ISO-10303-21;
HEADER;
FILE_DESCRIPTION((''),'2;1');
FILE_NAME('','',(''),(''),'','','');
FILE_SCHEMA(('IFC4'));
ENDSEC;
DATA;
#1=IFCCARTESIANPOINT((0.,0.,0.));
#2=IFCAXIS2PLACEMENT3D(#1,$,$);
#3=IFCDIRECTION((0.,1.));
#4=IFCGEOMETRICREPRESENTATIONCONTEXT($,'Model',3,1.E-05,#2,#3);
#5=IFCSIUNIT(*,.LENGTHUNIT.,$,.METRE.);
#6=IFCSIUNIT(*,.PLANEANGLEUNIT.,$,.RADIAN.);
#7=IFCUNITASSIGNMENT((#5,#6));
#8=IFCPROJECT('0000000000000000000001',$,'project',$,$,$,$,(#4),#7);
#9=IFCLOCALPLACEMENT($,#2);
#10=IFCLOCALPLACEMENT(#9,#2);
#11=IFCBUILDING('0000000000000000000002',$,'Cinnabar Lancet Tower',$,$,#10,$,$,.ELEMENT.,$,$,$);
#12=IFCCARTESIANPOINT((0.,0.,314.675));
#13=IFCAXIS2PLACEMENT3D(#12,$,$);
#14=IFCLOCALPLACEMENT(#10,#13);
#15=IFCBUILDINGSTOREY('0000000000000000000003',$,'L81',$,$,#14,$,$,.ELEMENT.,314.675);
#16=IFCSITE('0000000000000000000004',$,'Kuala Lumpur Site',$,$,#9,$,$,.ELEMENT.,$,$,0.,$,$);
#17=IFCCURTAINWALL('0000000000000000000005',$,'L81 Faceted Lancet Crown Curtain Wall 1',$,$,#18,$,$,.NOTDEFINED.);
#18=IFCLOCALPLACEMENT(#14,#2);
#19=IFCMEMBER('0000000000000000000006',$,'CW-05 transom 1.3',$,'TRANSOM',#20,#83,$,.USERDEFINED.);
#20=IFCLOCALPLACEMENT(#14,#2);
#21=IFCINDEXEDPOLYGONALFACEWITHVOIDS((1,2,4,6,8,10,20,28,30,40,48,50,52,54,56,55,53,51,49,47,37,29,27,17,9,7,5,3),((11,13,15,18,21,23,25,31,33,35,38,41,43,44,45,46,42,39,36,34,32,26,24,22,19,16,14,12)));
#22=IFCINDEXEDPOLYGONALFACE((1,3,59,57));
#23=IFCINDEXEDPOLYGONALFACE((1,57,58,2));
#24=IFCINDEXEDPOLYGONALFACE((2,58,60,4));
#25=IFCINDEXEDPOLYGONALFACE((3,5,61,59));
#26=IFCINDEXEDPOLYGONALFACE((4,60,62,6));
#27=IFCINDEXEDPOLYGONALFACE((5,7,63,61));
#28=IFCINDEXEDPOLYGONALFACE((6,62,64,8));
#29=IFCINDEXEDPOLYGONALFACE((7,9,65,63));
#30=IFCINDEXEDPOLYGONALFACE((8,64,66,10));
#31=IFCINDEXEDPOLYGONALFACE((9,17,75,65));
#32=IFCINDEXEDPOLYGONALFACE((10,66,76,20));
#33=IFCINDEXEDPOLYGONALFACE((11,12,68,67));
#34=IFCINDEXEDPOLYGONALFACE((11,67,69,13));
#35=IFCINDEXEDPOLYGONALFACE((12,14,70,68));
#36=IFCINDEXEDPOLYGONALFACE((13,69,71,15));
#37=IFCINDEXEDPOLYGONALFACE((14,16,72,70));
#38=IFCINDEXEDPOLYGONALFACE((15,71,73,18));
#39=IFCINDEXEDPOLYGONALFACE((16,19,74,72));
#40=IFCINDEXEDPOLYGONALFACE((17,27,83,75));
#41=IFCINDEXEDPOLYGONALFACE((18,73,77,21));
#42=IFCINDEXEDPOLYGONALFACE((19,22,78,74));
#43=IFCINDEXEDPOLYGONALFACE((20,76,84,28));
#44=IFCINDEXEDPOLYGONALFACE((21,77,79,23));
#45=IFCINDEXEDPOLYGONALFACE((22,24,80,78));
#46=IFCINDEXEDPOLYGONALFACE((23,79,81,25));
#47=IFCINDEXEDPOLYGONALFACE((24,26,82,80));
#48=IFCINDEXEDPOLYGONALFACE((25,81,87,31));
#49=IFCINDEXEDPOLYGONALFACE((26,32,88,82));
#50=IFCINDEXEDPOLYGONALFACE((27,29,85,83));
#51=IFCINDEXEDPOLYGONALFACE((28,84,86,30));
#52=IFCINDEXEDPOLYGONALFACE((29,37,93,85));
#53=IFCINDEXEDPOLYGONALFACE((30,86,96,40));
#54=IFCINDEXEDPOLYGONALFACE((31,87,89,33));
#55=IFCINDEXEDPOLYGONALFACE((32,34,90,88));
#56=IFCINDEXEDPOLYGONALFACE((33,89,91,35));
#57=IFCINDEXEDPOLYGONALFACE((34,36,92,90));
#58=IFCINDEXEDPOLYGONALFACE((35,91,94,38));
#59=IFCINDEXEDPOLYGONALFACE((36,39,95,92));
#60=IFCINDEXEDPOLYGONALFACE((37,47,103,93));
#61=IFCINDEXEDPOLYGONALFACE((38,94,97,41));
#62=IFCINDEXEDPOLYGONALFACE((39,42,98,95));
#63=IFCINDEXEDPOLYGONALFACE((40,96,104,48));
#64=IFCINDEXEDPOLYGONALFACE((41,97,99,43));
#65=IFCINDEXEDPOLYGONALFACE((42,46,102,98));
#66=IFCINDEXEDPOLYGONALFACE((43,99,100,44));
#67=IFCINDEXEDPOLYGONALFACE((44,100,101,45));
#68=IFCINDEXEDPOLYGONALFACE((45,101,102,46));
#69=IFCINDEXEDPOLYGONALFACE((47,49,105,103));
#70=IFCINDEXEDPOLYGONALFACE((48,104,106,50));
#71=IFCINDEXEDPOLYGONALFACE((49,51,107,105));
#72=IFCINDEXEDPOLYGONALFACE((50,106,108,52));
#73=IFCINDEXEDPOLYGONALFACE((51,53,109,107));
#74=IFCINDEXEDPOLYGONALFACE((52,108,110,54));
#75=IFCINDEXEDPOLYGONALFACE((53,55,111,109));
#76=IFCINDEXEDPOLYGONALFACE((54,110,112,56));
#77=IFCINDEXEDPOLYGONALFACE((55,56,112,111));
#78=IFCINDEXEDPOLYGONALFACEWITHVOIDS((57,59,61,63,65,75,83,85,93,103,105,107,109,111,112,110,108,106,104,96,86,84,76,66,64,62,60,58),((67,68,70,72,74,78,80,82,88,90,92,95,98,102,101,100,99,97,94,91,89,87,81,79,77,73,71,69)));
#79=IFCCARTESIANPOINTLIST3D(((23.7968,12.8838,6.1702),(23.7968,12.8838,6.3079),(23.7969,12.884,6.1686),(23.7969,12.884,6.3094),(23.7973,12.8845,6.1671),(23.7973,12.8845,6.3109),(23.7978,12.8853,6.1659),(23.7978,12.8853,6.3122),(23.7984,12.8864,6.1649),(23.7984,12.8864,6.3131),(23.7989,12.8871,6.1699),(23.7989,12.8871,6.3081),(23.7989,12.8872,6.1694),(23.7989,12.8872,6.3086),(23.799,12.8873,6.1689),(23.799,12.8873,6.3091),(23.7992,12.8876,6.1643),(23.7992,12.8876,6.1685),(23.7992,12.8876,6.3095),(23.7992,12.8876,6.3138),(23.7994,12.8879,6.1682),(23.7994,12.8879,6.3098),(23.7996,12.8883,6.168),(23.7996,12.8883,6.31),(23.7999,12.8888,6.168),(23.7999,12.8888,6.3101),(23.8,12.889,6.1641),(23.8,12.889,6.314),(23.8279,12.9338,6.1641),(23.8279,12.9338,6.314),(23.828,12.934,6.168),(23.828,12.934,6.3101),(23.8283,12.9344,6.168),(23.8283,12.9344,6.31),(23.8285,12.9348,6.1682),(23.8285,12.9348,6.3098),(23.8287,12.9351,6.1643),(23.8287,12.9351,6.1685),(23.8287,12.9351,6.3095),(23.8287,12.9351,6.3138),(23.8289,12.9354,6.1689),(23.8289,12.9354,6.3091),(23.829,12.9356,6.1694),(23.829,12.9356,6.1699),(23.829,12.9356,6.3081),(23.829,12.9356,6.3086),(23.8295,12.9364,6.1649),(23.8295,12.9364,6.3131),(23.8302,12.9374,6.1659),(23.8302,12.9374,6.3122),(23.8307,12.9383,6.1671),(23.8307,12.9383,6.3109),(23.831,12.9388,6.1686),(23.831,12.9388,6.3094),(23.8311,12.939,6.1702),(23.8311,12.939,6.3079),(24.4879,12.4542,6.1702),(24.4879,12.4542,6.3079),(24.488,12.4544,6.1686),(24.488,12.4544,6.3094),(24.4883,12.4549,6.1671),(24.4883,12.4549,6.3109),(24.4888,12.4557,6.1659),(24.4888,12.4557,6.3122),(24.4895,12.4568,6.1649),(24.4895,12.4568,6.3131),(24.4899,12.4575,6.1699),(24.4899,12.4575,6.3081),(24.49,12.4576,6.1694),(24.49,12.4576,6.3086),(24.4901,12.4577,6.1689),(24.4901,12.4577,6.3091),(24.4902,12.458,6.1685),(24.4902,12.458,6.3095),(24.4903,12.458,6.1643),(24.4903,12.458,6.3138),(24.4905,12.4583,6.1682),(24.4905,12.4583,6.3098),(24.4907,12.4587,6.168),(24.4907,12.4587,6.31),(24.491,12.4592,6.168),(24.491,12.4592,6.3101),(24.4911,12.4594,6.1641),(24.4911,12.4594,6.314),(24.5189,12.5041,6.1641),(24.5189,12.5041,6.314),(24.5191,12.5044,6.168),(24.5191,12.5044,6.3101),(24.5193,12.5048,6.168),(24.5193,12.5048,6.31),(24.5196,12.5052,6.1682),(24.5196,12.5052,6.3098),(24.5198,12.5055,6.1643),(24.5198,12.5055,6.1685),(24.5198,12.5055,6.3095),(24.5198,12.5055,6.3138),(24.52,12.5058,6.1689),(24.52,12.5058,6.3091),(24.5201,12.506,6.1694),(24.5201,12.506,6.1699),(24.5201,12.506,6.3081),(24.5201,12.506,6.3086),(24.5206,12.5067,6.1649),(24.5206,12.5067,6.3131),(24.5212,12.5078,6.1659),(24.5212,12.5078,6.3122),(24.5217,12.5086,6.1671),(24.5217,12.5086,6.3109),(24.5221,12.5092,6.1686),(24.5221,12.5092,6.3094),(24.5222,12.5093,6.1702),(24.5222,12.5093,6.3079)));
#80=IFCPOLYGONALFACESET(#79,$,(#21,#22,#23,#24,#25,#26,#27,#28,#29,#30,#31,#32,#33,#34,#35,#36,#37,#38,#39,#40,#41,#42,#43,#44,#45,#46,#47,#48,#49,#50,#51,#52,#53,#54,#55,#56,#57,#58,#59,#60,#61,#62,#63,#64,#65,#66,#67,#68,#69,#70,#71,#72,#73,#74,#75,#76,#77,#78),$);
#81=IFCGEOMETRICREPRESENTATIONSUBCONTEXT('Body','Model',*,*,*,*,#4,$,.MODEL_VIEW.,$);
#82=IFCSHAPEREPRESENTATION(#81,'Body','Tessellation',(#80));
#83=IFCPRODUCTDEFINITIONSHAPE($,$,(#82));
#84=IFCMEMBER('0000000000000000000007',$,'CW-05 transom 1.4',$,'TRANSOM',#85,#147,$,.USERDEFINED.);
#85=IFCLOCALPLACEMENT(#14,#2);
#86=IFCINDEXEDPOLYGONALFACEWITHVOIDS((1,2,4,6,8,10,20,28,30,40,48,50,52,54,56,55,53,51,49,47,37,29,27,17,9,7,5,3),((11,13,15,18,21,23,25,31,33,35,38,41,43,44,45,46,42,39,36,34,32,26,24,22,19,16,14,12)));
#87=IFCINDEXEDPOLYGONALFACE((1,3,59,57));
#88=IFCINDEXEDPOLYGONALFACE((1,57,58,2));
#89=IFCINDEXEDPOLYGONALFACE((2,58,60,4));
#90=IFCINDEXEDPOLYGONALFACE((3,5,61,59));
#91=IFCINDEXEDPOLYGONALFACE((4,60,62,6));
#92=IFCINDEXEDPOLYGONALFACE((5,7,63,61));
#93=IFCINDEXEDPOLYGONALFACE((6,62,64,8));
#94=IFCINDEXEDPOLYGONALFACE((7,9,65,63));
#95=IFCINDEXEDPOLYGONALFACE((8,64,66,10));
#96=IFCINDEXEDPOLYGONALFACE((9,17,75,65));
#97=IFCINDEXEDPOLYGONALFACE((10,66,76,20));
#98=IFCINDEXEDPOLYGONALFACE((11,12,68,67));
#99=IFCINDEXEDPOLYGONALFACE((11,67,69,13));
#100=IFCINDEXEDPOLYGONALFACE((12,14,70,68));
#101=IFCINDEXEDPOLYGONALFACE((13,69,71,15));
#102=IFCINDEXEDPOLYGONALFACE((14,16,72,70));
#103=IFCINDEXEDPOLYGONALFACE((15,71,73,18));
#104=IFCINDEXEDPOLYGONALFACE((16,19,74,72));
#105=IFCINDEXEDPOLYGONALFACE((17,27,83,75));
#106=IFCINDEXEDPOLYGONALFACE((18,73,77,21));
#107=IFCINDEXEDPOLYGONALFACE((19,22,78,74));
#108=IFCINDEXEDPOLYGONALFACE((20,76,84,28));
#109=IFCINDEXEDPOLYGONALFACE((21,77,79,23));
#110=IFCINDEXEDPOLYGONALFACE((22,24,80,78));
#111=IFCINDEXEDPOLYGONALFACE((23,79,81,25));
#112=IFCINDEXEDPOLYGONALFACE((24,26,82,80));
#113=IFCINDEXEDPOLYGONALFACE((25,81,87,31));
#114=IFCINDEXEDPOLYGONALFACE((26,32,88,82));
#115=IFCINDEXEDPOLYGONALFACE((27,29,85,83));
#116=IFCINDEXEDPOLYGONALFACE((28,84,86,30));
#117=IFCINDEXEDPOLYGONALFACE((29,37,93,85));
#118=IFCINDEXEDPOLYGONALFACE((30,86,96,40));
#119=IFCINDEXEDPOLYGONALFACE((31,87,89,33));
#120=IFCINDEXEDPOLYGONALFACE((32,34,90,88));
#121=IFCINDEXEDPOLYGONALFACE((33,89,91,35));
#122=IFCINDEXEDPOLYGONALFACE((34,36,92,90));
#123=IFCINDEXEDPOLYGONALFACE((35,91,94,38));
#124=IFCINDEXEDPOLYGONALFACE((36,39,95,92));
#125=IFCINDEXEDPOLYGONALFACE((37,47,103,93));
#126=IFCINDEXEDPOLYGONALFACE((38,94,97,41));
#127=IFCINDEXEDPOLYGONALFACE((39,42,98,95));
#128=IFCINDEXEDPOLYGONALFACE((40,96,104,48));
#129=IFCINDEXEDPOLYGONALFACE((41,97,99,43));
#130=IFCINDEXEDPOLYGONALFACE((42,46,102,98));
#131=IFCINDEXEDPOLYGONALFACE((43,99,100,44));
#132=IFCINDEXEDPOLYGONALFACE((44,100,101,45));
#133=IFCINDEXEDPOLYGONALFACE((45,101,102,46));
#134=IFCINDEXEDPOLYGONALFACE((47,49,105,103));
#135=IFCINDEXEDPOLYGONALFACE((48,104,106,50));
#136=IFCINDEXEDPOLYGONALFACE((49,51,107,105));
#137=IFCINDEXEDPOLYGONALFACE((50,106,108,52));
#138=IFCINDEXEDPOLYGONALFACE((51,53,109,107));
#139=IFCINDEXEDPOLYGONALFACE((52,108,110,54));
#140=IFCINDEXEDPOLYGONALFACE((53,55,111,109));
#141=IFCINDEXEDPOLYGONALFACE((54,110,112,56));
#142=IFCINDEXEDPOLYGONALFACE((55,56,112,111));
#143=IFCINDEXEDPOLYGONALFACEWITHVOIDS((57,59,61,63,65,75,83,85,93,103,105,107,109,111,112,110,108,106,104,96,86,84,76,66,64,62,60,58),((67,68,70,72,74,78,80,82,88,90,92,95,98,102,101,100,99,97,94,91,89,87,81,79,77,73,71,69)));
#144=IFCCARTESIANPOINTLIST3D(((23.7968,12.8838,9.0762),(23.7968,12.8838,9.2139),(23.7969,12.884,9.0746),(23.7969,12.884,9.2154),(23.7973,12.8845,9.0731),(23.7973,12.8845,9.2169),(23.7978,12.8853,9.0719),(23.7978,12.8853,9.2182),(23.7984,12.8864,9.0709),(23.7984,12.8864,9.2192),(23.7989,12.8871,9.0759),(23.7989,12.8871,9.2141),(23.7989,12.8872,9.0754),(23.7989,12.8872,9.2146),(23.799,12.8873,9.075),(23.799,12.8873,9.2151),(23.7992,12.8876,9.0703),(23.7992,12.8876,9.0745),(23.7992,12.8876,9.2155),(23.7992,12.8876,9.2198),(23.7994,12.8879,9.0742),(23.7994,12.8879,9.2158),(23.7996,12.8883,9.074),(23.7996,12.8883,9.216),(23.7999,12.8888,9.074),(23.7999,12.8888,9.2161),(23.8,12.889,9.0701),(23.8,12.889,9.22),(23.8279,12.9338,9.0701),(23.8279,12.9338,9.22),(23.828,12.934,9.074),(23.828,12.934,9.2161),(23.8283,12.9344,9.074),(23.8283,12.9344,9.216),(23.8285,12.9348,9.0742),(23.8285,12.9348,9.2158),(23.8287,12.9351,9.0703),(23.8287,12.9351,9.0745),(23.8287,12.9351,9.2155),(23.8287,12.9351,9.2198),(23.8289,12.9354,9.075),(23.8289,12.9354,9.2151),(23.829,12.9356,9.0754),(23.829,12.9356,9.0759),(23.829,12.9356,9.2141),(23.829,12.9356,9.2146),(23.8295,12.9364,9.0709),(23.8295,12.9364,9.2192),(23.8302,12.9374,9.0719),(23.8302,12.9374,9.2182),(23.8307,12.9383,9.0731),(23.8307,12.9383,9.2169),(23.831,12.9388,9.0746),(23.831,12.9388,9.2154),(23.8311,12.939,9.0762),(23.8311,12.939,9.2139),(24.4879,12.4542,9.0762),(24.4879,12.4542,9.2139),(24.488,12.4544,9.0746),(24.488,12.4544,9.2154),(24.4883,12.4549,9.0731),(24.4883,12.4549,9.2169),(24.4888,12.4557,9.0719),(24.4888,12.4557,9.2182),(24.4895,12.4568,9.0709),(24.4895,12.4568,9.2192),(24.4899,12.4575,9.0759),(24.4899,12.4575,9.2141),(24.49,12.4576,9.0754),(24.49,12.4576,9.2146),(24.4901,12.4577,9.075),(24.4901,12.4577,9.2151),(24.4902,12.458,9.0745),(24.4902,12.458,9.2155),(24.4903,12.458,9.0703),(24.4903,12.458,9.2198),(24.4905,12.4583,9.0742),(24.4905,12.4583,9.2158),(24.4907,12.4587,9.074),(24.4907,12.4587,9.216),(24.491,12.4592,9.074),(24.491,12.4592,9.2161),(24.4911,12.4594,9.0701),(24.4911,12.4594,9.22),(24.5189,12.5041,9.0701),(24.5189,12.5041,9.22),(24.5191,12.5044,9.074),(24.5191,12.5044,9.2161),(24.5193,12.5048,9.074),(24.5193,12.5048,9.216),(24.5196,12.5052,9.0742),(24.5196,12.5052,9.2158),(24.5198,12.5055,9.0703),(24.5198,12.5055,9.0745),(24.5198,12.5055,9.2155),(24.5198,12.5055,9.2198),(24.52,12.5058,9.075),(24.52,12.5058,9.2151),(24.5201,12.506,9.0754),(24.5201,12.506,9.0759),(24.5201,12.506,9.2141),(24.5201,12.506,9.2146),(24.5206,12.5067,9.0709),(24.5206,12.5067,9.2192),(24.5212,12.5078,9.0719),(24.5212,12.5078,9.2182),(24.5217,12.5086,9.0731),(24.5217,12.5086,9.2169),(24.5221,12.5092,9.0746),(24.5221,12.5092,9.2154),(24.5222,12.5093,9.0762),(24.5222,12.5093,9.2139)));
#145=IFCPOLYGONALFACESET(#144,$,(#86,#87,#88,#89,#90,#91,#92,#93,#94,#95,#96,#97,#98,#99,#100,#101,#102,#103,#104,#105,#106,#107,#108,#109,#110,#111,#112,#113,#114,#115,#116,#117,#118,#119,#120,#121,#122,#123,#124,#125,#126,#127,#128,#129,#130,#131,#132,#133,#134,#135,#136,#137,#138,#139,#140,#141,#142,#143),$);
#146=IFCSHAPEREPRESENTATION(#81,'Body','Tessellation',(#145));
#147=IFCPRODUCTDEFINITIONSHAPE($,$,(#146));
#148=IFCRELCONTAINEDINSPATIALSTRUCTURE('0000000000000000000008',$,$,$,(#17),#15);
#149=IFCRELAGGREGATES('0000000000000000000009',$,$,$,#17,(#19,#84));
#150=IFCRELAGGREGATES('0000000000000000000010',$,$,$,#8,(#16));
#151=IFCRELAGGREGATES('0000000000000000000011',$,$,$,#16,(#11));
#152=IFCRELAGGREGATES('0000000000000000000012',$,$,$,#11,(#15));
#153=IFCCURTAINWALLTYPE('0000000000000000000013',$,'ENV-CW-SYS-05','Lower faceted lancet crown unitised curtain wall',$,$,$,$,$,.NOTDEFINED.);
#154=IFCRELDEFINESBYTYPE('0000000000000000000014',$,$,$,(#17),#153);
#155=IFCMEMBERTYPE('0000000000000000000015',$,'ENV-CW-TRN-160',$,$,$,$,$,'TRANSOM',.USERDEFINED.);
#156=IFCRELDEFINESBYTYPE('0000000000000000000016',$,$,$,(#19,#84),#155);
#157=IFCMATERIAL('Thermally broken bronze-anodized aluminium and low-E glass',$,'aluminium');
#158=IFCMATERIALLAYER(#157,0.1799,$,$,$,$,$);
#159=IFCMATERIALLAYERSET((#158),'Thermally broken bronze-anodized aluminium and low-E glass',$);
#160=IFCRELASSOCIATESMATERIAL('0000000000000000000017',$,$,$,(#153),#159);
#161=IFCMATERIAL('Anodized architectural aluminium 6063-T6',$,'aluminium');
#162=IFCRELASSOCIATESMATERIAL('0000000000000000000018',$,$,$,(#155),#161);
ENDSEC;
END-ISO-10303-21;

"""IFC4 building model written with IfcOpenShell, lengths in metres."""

from ifc_helpers import new_model, si_unit, direction, frame, origin, origin_2d, place, context, subcontext, project, spatial, hollow_rectangle, extrude, material, layer, layer_set, material_profile, profile_set, type_object, element, aggregate, save


model = new_model("IFC4")

# Units and contexts
model_context = context("Model", 3, precision=1e-05, world=origin(), true_north=direction((0.0, 1.0)))
body_context = subcontext(model_context, "Body", "Model", "MODEL_VIEW")
ifc_project = project(units=[si_unit("LENGTHUNIT", "METRE"), si_unit("PLANEANGLEUNIT", "RADIAN")], contexts=[model_context])

# Site, building, storey
site_placement = place(None, origin())
site = spatial("IfcSite", under=ifc_project, at=site_placement, Name="Kuala Lumpur Site", CompositionType="ELEMENT", RefElevation=0.0)
building_placement = place(site_placement, origin())
building = spatial("IfcBuilding", under=site, at=building_placement, Name="Cinnabar Lancet Tower", CompositionType="ELEMENT")
storey_placement = place(building_placement, frame((0.0, 0.0, 314.675)))
storey = spatial("IfcBuildingStorey", under=building, at=storey_placement, Name="L81", CompositionType="ELEMENT", Elevation=314.675)

# Curtain wall
ifc_material_1 = material(Name="Thermally broken bronze-anodized aluminium and low-E glass", Category="aluminium")
ifc_layer_1 = layer(ifc_material_1, 0.1799)
ifc_layer_set_1 = layer_set([ifc_layer_1], Name="Thermally broken bronze-anodized aluminium and low-E glass")
curtain_wall_type = type_object("IfcCurtainWallType", Name="ENV-CW-SYS-05", Description="Lower faceted lancet crown unitised curtain wall", PredefinedType="NOTDEFINED", material=ifc_layer_set_1)
curtain_wall_1_placement = place(storey_placement, origin())
curtain_wall_1 = element("IfcCurtainWall", 1, at=curtain_wall_1_placement, inside=storey, type_object=curtain_wall_type, Name="L81 Faceted Lancet Crown Curtain Wall 1", PredefinedType="NOTDEFINED")

# Members
ifc_material_2 = material(Name="Anodized architectural aluminium 6063-T6", Category="aluminium")
ifc_material_profile_1 = material_profile(ifc_material_2, hollow_rectangle(XDim=0.0649, YDim=0.1499, WallThickness=0.0039, InnerFilletRadius=0.002, OuterFilletRadius=0.0061, at=origin_2d()), Name="CW-TRN 150x65x4")
ifc_profile_set_1 = profile_set([ifc_material_profile_1], Name="Anodized architectural aluminium 6063-T6")
member_type_1 = type_object("IfcMemberType", Name="ENV-CW-TRN-160", ElementType="TRANSOM", PredefinedType="USERDEFINED", material=ifc_profile_set_1)
member_1_placement = place(storey_placement, frame((23.814, 12.9114, 6.239), z_axis=(0.84926, -0.527975, 0.0), x_axis=(0.527975, 0.84926, 0.0)))
member_1 = element("IfcMember", 2, at=member_1_placement, type_object=member_type_1, Name="CW-05 transom 1.3", ObjectType="TRANSOM", PredefinedType="USERDEFINED", context=body_context, shape_type="SweptSolid", body=[
    extrude(hollow_rectangle(XDim=0.0649, YDim=0.1499, WallThickness=0.0039, InnerFilletRadius=0.002, OuterFilletRadius=0.0061, at=origin_2d()), origin(), (0.0, 0.0, 1.0), 0.8137),
])
member_2_placement = place(storey_placement, frame((23.814, 12.9114, 9.145), z_axis=(0.84926, -0.527975, 0.0), x_axis=(0.527975, 0.84926, 0.0)))
member_2 = element("IfcMember", 3, at=member_2_placement, type_object=member_type_1, Name="CW-05 transom 1.4", ObjectType="TRANSOM", PredefinedType="USERDEFINED", context=body_context, shape_type="SweptSolid", body=[
    extrude(hollow_rectangle(XDim=0.0649, YDim=0.1499, WallThickness=0.0039, InnerFilletRadius=0.002, OuterFilletRadius=0.0061, at=origin_2d()), origin(), (0.0, 0.0, 1.0), 0.8137),
])

aggregate(curtain_wall_1, [member_1, member_2])

save(model, "model.ifc")
